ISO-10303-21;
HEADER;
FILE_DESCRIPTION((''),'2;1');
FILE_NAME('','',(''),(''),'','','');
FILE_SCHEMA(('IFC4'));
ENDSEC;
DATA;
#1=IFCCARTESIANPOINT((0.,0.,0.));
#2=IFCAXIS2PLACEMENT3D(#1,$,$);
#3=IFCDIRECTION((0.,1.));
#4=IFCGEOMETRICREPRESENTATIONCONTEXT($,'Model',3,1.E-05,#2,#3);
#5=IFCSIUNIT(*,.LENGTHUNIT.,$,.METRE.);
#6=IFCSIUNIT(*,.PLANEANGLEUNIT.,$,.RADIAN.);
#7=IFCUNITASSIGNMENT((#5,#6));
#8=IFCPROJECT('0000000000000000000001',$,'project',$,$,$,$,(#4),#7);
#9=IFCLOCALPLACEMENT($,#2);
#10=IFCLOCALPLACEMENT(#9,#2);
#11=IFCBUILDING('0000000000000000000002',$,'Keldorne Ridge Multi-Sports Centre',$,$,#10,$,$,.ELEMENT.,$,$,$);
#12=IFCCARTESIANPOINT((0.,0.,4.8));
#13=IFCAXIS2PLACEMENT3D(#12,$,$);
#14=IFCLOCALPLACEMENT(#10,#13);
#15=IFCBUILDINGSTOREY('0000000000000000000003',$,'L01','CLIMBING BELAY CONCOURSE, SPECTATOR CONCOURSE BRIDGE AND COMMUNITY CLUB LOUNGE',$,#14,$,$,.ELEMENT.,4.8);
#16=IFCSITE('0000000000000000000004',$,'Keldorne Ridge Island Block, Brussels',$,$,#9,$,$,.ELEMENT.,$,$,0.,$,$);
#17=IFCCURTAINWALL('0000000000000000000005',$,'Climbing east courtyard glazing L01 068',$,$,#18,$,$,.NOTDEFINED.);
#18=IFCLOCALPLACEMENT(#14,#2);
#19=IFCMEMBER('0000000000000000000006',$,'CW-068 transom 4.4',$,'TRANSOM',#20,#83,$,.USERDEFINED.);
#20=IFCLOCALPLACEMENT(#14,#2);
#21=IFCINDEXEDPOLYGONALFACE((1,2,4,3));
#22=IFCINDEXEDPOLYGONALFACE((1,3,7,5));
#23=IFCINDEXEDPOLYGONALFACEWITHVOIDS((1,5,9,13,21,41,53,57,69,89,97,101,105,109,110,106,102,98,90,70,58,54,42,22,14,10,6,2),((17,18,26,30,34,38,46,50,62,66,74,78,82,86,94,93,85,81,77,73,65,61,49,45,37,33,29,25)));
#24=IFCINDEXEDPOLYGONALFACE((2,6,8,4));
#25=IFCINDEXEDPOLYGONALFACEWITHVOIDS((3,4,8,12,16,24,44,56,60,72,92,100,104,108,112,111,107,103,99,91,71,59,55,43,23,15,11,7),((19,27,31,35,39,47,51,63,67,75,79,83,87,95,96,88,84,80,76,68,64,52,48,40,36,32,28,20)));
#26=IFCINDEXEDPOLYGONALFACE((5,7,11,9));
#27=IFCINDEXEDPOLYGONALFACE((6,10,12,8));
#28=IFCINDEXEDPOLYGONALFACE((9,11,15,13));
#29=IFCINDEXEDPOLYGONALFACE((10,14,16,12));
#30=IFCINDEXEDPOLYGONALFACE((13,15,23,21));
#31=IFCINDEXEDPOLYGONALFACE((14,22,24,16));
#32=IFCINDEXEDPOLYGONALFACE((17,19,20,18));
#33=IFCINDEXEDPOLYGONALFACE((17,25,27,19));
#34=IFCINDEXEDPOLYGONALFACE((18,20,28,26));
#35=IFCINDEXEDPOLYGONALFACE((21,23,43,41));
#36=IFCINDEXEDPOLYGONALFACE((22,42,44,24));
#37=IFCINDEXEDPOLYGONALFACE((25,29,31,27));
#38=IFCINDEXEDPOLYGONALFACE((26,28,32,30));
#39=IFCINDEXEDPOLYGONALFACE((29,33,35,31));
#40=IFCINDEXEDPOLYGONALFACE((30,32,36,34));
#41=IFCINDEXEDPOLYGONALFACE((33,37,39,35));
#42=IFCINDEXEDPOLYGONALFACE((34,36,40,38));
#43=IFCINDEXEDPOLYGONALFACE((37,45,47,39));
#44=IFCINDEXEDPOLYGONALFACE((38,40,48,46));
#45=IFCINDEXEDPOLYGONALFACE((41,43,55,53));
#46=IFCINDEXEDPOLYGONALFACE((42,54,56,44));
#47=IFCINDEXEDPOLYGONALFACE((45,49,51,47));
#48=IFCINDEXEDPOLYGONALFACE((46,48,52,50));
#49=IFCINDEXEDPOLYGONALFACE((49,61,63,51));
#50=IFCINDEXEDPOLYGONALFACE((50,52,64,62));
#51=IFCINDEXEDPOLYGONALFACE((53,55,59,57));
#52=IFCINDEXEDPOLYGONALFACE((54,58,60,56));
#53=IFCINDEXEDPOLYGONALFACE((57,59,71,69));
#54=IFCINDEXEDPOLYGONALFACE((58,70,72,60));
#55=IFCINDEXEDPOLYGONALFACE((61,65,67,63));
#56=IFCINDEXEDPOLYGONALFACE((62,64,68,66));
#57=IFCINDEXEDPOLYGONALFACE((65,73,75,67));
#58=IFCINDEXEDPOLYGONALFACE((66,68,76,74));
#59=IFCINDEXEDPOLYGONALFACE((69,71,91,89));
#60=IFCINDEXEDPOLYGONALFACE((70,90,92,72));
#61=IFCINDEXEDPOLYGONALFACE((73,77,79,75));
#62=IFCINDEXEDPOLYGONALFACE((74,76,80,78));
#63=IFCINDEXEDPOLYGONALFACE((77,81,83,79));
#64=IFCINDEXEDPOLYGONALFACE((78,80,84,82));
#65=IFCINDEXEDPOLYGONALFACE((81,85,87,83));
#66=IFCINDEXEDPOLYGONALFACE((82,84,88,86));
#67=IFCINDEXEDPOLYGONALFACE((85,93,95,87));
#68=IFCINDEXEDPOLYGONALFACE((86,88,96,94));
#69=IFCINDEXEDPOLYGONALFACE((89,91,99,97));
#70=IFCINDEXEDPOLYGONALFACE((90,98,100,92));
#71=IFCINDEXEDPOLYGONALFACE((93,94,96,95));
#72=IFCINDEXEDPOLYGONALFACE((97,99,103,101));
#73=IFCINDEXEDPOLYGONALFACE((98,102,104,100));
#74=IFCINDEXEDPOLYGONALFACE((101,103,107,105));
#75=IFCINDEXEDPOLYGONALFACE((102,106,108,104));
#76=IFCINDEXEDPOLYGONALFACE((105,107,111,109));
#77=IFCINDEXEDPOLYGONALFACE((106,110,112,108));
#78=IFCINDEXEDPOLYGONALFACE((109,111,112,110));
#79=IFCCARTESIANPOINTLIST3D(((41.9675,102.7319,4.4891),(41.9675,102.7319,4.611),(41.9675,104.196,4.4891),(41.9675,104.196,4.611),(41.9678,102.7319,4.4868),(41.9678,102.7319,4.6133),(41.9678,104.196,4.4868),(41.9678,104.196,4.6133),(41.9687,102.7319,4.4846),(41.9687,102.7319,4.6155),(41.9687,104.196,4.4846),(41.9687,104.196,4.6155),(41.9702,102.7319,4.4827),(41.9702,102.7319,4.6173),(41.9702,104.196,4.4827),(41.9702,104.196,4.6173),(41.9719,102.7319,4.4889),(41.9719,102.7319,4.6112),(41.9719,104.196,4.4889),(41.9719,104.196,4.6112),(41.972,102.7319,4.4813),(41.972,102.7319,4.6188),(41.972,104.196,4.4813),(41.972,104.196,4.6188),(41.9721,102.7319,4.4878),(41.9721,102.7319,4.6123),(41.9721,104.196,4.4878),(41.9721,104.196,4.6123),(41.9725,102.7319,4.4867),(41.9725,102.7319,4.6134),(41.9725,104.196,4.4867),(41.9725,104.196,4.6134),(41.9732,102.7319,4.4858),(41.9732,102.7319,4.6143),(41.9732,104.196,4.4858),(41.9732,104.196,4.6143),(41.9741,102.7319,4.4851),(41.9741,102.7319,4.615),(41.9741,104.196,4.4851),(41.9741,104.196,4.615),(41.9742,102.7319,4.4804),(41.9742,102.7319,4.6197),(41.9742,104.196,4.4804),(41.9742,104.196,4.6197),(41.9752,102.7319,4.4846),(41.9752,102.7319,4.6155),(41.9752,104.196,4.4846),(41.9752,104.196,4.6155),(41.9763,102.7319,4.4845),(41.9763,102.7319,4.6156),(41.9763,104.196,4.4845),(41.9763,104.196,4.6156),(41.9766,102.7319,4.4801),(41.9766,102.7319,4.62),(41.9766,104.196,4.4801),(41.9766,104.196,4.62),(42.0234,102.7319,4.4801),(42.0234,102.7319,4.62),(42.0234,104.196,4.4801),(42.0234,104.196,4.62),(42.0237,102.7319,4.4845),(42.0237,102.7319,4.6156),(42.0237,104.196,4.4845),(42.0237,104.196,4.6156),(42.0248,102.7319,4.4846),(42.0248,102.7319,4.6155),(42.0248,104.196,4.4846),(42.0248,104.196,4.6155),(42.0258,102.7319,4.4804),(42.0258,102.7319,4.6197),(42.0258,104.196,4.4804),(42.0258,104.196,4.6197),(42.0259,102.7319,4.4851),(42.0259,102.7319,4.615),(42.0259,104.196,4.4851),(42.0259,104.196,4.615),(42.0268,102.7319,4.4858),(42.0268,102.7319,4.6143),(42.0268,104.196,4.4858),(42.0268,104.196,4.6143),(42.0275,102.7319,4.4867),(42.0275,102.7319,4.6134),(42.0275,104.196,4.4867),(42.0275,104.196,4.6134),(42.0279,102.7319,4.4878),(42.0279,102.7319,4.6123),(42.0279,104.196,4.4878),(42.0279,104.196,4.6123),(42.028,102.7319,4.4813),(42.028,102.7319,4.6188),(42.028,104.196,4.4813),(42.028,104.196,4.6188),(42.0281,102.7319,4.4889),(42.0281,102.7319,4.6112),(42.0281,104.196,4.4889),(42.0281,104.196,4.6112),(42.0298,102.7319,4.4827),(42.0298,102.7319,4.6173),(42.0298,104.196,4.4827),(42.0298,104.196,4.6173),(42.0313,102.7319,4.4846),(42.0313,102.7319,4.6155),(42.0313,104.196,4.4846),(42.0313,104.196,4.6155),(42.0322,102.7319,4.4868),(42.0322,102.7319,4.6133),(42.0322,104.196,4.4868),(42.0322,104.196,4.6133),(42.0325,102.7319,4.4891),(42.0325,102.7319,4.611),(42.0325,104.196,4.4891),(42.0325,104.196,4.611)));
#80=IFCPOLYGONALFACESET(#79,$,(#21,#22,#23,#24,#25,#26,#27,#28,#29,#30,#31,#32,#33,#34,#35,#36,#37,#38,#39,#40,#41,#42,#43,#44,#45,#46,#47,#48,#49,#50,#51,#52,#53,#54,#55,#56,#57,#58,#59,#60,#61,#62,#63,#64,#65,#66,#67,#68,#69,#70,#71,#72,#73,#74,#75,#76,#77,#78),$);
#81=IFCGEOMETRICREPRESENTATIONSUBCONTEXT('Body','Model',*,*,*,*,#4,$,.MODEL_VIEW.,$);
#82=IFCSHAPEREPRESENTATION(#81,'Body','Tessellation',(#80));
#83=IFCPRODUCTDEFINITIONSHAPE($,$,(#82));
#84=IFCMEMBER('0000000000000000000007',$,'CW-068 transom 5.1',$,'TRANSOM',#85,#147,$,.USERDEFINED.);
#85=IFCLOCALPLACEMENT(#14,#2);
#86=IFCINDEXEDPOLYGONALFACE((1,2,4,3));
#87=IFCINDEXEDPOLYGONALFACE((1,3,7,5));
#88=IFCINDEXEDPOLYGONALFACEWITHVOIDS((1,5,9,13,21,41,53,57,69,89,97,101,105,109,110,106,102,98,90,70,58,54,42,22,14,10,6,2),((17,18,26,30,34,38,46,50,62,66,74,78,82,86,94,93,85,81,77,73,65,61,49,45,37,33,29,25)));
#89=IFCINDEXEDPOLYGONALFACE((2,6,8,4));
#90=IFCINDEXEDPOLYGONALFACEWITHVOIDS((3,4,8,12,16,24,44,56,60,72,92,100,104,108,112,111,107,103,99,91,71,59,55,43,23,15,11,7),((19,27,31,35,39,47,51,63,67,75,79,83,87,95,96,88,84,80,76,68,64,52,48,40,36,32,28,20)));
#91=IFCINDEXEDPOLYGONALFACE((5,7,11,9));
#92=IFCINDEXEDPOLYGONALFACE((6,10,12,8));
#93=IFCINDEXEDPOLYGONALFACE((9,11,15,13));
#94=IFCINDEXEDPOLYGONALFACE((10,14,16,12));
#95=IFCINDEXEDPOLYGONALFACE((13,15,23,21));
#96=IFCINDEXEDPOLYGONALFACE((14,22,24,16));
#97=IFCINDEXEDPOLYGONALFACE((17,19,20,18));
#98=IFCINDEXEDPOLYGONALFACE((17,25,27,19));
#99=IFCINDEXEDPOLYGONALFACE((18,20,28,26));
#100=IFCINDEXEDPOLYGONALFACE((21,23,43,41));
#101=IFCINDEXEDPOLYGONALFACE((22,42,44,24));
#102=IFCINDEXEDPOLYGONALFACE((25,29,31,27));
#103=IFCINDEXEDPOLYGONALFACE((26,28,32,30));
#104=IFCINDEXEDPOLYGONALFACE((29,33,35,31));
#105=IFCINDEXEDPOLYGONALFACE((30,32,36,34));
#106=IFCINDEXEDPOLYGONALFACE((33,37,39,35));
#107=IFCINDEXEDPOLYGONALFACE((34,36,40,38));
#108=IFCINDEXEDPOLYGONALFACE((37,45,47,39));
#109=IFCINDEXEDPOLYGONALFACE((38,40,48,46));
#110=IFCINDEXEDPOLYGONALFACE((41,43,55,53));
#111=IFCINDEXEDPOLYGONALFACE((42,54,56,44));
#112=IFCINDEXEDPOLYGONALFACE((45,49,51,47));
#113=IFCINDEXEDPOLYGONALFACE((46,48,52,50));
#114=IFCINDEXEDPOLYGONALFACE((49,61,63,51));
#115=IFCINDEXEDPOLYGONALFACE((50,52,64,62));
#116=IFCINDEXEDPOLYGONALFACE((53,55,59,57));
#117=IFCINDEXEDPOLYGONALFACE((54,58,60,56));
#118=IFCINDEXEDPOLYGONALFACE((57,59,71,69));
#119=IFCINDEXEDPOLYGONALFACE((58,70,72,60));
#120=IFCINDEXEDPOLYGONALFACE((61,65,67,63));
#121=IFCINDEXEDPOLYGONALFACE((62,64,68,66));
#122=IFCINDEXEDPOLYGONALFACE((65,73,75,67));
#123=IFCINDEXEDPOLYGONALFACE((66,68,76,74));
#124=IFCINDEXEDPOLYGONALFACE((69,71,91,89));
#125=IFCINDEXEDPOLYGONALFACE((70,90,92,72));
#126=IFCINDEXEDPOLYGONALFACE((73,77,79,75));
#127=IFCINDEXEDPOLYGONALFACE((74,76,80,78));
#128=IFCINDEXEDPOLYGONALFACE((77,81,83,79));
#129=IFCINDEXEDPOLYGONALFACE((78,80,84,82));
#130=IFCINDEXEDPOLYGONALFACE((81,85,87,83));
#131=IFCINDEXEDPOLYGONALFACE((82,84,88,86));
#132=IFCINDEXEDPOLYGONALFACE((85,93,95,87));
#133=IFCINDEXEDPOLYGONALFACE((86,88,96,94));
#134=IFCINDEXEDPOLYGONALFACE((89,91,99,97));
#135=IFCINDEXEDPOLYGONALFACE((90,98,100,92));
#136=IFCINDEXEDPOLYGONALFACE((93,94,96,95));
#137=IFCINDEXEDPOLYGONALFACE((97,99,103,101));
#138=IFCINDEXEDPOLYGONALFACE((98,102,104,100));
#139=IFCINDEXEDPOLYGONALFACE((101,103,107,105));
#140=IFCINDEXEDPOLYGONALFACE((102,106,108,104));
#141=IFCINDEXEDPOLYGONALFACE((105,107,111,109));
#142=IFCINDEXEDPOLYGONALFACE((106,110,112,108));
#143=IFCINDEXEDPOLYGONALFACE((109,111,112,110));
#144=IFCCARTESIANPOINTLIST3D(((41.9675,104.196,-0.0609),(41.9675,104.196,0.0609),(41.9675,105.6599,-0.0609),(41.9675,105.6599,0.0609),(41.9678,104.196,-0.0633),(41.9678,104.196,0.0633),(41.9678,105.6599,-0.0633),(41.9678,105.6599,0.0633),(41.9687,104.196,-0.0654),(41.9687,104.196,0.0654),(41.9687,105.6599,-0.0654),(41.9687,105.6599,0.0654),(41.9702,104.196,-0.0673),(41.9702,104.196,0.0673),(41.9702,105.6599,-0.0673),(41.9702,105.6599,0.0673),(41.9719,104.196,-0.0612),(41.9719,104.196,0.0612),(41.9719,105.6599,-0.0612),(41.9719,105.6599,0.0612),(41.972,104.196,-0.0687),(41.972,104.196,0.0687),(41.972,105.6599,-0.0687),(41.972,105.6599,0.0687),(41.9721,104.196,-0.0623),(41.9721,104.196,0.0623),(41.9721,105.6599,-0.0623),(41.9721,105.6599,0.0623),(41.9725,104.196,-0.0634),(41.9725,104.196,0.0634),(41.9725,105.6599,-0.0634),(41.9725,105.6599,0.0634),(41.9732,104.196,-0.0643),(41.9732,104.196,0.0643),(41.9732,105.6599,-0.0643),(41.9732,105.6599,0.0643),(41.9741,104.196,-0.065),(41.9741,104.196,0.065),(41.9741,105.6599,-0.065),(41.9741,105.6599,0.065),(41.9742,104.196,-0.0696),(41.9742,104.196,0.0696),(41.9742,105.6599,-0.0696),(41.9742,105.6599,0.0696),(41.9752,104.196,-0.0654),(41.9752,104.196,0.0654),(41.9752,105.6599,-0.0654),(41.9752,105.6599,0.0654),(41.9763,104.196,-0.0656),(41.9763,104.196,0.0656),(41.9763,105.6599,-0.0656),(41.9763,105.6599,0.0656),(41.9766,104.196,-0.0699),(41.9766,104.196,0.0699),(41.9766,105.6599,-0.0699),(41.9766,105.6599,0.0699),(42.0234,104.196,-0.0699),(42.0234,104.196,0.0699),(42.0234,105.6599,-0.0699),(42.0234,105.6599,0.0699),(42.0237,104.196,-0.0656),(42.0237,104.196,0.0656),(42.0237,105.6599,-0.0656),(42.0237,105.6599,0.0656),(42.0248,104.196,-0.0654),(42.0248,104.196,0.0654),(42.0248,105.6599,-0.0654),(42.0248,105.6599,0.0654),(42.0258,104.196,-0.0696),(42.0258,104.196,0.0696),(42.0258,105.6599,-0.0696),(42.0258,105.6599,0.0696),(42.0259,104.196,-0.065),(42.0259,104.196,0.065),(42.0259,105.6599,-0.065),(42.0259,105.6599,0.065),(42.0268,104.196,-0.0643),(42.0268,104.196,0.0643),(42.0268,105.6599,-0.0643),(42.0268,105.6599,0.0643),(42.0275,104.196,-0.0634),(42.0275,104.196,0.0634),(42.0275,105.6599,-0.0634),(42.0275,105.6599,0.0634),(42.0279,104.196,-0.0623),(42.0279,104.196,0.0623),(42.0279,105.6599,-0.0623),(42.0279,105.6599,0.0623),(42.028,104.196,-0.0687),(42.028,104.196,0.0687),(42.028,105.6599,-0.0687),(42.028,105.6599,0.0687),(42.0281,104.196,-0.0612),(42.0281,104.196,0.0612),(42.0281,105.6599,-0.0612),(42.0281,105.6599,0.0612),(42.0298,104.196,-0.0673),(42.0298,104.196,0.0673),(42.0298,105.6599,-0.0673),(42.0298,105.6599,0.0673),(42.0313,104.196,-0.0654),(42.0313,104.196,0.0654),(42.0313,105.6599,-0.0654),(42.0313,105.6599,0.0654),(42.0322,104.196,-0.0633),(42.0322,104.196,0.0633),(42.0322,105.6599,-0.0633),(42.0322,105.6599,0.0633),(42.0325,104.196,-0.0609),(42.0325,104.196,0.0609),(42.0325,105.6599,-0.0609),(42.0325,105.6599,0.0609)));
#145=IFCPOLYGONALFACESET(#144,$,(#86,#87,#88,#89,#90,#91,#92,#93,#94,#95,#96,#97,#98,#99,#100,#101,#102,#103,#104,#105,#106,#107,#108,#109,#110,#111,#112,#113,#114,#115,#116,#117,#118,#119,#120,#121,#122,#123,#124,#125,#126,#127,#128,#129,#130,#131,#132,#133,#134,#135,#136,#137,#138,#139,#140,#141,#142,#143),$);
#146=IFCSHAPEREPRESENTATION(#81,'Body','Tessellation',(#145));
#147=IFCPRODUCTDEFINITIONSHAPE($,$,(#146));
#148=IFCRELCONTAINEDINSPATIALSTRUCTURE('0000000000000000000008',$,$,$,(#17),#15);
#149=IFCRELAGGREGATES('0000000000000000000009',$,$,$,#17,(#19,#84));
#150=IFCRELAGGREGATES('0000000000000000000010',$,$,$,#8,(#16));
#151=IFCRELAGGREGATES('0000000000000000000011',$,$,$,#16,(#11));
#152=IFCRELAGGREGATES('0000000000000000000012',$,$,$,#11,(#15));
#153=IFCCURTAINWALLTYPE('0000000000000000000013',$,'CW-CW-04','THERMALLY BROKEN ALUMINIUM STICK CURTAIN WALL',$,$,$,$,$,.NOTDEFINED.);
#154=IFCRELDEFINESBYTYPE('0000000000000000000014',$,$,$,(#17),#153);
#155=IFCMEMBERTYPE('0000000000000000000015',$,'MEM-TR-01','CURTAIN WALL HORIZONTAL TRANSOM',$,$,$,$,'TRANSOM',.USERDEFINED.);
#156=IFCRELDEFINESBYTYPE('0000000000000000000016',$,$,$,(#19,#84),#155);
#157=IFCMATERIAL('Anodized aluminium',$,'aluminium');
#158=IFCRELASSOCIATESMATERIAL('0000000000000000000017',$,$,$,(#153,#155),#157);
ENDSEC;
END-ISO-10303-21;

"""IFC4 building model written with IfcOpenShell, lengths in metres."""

from ifc_helpers import new_model, si_unit, direction, frame, origin, origin_2d, place, context, subcontext, project, spatial, hollow_rectangle, extrude, material, material_profile, profile_set, type_object, element, aggregate, save


model = new_model("IFC4")

# Units and contexts
model_context = context("Model", 3, precision=1e-05, world=origin(), true_north=direction((0.0, 1.0)))
body_context = subcontext(model_context, "Body", "Model", "MODEL_VIEW")
ifc_project = project(units=[si_unit("LENGTHUNIT", "METRE"), si_unit("PLANEANGLEUNIT", "RADIAN")], contexts=[model_context])

# Site, building, storey
site_placement = place(None, origin())
site = spatial("IfcSite", under=ifc_project, at=site_placement, Name="Keldorne Ridge Island Block, Brussels", CompositionType="ELEMENT", RefElevation=0.0)
building_placement = place(site_placement, origin())
building = spatial("IfcBuilding", under=site, at=building_placement, Name="Keldorne Ridge Multi-Sports Centre", CompositionType="ELEMENT")
storey_placement = place(building_placement, frame((0.0, 0.0, 4.8)))
storey = spatial("IfcBuildingStorey", under=building, at=storey_placement, Name="L01", Description="CLIMBING BELAY CONCOURSE, SPECTATOR CONCOURSE BRIDGE AND COMMUNITY CLUB LOUNGE", CompositionType="ELEMENT", Elevation=4.8)

# Curtain wall
ifc_material_1 = material(Name="Anodized aluminium", Category="aluminium")
curtain_wall_type_1 = type_object("IfcCurtainWallType", Name="CW-CW-04", Description="THERMALLY BROKEN ALUMINIUM STICK CURTAIN WALL", PredefinedType="NOTDEFINED", material=ifc_material_1)
curtain_wall_1_placement = place(storey_placement, origin())
curtain_wall_1 = element("IfcCurtainWall", 1, at=curtain_wall_1_placement, inside=storey, type_object=curtain_wall_type_1, Name="Climbing east courtyard glazing L01 068", PredefinedType="NOTDEFINED")

# Members
ifc_material_profile_1 = material_profile(ifc_material_1, hollow_rectangle(XDim=0.0649, YDim=0.1399, WallThickness=0.0044, InnerFilletRadius=0.0044, OuterFilletRadius=0.009, at=origin_2d()), Name="ALU TRANSOM 140x65x4.5")
ifc_profile_set_1 = profile_set([ifc_material_profile_1], Name="Anodized aluminium")
member_type_1 = type_object("IfcMemberType", Name="MEM-TR-01", Description="CURTAIN WALL HORIZONTAL TRANSOM", ElementType="TRANSOM", PredefinedType="USERDEFINED", material=ifc_profile_set_1)
member_1_placement = place(storey_placement, frame((42.0, 102.7319, 4.55), z_axis=(0.0, 1.0, 0.0), x_axis=(-1.0, 0.0, 0.0)))
member_1 = element("IfcMember", 2, at=member_1_placement, type_object=member_type_1, Name="CW-068 transom 4.4", ObjectType="TRANSOM", PredefinedType="USERDEFINED", context=body_context, shape_type="SweptSolid", body=[
    extrude(hollow_rectangle(XDim=0.0649, YDim=0.1399, WallThickness=0.0044, InnerFilletRadius=0.0044, OuterFilletRadius=0.009, at=origin_2d()), origin(), (0.0, 0.0, 1.0), 1.4641),
])
member_2_placement = place(storey_placement, frame((42.0, 104.196, 0.0), z_axis=(0.0, 1.0, 0.0), x_axis=(-1.0, 0.0, 0.0)))
member_2 = element("IfcMember", 3, at=member_2_placement, type_object=member_type_1, Name="CW-068 transom 5.1", ObjectType="TRANSOM", PredefinedType="USERDEFINED", context=body_context, shape_type="SweptSolid", body=[
    extrude(hollow_rectangle(XDim=0.0649, YDim=0.1399, WallThickness=0.0044, InnerFilletRadius=0.0044, OuterFilletRadius=0.009, at=origin_2d()), origin(), (0.0, 0.0, 1.0), 1.4639),
])

aggregate(curtain_wall_1, [member_1, member_2])

save(model, "model.ifc")
